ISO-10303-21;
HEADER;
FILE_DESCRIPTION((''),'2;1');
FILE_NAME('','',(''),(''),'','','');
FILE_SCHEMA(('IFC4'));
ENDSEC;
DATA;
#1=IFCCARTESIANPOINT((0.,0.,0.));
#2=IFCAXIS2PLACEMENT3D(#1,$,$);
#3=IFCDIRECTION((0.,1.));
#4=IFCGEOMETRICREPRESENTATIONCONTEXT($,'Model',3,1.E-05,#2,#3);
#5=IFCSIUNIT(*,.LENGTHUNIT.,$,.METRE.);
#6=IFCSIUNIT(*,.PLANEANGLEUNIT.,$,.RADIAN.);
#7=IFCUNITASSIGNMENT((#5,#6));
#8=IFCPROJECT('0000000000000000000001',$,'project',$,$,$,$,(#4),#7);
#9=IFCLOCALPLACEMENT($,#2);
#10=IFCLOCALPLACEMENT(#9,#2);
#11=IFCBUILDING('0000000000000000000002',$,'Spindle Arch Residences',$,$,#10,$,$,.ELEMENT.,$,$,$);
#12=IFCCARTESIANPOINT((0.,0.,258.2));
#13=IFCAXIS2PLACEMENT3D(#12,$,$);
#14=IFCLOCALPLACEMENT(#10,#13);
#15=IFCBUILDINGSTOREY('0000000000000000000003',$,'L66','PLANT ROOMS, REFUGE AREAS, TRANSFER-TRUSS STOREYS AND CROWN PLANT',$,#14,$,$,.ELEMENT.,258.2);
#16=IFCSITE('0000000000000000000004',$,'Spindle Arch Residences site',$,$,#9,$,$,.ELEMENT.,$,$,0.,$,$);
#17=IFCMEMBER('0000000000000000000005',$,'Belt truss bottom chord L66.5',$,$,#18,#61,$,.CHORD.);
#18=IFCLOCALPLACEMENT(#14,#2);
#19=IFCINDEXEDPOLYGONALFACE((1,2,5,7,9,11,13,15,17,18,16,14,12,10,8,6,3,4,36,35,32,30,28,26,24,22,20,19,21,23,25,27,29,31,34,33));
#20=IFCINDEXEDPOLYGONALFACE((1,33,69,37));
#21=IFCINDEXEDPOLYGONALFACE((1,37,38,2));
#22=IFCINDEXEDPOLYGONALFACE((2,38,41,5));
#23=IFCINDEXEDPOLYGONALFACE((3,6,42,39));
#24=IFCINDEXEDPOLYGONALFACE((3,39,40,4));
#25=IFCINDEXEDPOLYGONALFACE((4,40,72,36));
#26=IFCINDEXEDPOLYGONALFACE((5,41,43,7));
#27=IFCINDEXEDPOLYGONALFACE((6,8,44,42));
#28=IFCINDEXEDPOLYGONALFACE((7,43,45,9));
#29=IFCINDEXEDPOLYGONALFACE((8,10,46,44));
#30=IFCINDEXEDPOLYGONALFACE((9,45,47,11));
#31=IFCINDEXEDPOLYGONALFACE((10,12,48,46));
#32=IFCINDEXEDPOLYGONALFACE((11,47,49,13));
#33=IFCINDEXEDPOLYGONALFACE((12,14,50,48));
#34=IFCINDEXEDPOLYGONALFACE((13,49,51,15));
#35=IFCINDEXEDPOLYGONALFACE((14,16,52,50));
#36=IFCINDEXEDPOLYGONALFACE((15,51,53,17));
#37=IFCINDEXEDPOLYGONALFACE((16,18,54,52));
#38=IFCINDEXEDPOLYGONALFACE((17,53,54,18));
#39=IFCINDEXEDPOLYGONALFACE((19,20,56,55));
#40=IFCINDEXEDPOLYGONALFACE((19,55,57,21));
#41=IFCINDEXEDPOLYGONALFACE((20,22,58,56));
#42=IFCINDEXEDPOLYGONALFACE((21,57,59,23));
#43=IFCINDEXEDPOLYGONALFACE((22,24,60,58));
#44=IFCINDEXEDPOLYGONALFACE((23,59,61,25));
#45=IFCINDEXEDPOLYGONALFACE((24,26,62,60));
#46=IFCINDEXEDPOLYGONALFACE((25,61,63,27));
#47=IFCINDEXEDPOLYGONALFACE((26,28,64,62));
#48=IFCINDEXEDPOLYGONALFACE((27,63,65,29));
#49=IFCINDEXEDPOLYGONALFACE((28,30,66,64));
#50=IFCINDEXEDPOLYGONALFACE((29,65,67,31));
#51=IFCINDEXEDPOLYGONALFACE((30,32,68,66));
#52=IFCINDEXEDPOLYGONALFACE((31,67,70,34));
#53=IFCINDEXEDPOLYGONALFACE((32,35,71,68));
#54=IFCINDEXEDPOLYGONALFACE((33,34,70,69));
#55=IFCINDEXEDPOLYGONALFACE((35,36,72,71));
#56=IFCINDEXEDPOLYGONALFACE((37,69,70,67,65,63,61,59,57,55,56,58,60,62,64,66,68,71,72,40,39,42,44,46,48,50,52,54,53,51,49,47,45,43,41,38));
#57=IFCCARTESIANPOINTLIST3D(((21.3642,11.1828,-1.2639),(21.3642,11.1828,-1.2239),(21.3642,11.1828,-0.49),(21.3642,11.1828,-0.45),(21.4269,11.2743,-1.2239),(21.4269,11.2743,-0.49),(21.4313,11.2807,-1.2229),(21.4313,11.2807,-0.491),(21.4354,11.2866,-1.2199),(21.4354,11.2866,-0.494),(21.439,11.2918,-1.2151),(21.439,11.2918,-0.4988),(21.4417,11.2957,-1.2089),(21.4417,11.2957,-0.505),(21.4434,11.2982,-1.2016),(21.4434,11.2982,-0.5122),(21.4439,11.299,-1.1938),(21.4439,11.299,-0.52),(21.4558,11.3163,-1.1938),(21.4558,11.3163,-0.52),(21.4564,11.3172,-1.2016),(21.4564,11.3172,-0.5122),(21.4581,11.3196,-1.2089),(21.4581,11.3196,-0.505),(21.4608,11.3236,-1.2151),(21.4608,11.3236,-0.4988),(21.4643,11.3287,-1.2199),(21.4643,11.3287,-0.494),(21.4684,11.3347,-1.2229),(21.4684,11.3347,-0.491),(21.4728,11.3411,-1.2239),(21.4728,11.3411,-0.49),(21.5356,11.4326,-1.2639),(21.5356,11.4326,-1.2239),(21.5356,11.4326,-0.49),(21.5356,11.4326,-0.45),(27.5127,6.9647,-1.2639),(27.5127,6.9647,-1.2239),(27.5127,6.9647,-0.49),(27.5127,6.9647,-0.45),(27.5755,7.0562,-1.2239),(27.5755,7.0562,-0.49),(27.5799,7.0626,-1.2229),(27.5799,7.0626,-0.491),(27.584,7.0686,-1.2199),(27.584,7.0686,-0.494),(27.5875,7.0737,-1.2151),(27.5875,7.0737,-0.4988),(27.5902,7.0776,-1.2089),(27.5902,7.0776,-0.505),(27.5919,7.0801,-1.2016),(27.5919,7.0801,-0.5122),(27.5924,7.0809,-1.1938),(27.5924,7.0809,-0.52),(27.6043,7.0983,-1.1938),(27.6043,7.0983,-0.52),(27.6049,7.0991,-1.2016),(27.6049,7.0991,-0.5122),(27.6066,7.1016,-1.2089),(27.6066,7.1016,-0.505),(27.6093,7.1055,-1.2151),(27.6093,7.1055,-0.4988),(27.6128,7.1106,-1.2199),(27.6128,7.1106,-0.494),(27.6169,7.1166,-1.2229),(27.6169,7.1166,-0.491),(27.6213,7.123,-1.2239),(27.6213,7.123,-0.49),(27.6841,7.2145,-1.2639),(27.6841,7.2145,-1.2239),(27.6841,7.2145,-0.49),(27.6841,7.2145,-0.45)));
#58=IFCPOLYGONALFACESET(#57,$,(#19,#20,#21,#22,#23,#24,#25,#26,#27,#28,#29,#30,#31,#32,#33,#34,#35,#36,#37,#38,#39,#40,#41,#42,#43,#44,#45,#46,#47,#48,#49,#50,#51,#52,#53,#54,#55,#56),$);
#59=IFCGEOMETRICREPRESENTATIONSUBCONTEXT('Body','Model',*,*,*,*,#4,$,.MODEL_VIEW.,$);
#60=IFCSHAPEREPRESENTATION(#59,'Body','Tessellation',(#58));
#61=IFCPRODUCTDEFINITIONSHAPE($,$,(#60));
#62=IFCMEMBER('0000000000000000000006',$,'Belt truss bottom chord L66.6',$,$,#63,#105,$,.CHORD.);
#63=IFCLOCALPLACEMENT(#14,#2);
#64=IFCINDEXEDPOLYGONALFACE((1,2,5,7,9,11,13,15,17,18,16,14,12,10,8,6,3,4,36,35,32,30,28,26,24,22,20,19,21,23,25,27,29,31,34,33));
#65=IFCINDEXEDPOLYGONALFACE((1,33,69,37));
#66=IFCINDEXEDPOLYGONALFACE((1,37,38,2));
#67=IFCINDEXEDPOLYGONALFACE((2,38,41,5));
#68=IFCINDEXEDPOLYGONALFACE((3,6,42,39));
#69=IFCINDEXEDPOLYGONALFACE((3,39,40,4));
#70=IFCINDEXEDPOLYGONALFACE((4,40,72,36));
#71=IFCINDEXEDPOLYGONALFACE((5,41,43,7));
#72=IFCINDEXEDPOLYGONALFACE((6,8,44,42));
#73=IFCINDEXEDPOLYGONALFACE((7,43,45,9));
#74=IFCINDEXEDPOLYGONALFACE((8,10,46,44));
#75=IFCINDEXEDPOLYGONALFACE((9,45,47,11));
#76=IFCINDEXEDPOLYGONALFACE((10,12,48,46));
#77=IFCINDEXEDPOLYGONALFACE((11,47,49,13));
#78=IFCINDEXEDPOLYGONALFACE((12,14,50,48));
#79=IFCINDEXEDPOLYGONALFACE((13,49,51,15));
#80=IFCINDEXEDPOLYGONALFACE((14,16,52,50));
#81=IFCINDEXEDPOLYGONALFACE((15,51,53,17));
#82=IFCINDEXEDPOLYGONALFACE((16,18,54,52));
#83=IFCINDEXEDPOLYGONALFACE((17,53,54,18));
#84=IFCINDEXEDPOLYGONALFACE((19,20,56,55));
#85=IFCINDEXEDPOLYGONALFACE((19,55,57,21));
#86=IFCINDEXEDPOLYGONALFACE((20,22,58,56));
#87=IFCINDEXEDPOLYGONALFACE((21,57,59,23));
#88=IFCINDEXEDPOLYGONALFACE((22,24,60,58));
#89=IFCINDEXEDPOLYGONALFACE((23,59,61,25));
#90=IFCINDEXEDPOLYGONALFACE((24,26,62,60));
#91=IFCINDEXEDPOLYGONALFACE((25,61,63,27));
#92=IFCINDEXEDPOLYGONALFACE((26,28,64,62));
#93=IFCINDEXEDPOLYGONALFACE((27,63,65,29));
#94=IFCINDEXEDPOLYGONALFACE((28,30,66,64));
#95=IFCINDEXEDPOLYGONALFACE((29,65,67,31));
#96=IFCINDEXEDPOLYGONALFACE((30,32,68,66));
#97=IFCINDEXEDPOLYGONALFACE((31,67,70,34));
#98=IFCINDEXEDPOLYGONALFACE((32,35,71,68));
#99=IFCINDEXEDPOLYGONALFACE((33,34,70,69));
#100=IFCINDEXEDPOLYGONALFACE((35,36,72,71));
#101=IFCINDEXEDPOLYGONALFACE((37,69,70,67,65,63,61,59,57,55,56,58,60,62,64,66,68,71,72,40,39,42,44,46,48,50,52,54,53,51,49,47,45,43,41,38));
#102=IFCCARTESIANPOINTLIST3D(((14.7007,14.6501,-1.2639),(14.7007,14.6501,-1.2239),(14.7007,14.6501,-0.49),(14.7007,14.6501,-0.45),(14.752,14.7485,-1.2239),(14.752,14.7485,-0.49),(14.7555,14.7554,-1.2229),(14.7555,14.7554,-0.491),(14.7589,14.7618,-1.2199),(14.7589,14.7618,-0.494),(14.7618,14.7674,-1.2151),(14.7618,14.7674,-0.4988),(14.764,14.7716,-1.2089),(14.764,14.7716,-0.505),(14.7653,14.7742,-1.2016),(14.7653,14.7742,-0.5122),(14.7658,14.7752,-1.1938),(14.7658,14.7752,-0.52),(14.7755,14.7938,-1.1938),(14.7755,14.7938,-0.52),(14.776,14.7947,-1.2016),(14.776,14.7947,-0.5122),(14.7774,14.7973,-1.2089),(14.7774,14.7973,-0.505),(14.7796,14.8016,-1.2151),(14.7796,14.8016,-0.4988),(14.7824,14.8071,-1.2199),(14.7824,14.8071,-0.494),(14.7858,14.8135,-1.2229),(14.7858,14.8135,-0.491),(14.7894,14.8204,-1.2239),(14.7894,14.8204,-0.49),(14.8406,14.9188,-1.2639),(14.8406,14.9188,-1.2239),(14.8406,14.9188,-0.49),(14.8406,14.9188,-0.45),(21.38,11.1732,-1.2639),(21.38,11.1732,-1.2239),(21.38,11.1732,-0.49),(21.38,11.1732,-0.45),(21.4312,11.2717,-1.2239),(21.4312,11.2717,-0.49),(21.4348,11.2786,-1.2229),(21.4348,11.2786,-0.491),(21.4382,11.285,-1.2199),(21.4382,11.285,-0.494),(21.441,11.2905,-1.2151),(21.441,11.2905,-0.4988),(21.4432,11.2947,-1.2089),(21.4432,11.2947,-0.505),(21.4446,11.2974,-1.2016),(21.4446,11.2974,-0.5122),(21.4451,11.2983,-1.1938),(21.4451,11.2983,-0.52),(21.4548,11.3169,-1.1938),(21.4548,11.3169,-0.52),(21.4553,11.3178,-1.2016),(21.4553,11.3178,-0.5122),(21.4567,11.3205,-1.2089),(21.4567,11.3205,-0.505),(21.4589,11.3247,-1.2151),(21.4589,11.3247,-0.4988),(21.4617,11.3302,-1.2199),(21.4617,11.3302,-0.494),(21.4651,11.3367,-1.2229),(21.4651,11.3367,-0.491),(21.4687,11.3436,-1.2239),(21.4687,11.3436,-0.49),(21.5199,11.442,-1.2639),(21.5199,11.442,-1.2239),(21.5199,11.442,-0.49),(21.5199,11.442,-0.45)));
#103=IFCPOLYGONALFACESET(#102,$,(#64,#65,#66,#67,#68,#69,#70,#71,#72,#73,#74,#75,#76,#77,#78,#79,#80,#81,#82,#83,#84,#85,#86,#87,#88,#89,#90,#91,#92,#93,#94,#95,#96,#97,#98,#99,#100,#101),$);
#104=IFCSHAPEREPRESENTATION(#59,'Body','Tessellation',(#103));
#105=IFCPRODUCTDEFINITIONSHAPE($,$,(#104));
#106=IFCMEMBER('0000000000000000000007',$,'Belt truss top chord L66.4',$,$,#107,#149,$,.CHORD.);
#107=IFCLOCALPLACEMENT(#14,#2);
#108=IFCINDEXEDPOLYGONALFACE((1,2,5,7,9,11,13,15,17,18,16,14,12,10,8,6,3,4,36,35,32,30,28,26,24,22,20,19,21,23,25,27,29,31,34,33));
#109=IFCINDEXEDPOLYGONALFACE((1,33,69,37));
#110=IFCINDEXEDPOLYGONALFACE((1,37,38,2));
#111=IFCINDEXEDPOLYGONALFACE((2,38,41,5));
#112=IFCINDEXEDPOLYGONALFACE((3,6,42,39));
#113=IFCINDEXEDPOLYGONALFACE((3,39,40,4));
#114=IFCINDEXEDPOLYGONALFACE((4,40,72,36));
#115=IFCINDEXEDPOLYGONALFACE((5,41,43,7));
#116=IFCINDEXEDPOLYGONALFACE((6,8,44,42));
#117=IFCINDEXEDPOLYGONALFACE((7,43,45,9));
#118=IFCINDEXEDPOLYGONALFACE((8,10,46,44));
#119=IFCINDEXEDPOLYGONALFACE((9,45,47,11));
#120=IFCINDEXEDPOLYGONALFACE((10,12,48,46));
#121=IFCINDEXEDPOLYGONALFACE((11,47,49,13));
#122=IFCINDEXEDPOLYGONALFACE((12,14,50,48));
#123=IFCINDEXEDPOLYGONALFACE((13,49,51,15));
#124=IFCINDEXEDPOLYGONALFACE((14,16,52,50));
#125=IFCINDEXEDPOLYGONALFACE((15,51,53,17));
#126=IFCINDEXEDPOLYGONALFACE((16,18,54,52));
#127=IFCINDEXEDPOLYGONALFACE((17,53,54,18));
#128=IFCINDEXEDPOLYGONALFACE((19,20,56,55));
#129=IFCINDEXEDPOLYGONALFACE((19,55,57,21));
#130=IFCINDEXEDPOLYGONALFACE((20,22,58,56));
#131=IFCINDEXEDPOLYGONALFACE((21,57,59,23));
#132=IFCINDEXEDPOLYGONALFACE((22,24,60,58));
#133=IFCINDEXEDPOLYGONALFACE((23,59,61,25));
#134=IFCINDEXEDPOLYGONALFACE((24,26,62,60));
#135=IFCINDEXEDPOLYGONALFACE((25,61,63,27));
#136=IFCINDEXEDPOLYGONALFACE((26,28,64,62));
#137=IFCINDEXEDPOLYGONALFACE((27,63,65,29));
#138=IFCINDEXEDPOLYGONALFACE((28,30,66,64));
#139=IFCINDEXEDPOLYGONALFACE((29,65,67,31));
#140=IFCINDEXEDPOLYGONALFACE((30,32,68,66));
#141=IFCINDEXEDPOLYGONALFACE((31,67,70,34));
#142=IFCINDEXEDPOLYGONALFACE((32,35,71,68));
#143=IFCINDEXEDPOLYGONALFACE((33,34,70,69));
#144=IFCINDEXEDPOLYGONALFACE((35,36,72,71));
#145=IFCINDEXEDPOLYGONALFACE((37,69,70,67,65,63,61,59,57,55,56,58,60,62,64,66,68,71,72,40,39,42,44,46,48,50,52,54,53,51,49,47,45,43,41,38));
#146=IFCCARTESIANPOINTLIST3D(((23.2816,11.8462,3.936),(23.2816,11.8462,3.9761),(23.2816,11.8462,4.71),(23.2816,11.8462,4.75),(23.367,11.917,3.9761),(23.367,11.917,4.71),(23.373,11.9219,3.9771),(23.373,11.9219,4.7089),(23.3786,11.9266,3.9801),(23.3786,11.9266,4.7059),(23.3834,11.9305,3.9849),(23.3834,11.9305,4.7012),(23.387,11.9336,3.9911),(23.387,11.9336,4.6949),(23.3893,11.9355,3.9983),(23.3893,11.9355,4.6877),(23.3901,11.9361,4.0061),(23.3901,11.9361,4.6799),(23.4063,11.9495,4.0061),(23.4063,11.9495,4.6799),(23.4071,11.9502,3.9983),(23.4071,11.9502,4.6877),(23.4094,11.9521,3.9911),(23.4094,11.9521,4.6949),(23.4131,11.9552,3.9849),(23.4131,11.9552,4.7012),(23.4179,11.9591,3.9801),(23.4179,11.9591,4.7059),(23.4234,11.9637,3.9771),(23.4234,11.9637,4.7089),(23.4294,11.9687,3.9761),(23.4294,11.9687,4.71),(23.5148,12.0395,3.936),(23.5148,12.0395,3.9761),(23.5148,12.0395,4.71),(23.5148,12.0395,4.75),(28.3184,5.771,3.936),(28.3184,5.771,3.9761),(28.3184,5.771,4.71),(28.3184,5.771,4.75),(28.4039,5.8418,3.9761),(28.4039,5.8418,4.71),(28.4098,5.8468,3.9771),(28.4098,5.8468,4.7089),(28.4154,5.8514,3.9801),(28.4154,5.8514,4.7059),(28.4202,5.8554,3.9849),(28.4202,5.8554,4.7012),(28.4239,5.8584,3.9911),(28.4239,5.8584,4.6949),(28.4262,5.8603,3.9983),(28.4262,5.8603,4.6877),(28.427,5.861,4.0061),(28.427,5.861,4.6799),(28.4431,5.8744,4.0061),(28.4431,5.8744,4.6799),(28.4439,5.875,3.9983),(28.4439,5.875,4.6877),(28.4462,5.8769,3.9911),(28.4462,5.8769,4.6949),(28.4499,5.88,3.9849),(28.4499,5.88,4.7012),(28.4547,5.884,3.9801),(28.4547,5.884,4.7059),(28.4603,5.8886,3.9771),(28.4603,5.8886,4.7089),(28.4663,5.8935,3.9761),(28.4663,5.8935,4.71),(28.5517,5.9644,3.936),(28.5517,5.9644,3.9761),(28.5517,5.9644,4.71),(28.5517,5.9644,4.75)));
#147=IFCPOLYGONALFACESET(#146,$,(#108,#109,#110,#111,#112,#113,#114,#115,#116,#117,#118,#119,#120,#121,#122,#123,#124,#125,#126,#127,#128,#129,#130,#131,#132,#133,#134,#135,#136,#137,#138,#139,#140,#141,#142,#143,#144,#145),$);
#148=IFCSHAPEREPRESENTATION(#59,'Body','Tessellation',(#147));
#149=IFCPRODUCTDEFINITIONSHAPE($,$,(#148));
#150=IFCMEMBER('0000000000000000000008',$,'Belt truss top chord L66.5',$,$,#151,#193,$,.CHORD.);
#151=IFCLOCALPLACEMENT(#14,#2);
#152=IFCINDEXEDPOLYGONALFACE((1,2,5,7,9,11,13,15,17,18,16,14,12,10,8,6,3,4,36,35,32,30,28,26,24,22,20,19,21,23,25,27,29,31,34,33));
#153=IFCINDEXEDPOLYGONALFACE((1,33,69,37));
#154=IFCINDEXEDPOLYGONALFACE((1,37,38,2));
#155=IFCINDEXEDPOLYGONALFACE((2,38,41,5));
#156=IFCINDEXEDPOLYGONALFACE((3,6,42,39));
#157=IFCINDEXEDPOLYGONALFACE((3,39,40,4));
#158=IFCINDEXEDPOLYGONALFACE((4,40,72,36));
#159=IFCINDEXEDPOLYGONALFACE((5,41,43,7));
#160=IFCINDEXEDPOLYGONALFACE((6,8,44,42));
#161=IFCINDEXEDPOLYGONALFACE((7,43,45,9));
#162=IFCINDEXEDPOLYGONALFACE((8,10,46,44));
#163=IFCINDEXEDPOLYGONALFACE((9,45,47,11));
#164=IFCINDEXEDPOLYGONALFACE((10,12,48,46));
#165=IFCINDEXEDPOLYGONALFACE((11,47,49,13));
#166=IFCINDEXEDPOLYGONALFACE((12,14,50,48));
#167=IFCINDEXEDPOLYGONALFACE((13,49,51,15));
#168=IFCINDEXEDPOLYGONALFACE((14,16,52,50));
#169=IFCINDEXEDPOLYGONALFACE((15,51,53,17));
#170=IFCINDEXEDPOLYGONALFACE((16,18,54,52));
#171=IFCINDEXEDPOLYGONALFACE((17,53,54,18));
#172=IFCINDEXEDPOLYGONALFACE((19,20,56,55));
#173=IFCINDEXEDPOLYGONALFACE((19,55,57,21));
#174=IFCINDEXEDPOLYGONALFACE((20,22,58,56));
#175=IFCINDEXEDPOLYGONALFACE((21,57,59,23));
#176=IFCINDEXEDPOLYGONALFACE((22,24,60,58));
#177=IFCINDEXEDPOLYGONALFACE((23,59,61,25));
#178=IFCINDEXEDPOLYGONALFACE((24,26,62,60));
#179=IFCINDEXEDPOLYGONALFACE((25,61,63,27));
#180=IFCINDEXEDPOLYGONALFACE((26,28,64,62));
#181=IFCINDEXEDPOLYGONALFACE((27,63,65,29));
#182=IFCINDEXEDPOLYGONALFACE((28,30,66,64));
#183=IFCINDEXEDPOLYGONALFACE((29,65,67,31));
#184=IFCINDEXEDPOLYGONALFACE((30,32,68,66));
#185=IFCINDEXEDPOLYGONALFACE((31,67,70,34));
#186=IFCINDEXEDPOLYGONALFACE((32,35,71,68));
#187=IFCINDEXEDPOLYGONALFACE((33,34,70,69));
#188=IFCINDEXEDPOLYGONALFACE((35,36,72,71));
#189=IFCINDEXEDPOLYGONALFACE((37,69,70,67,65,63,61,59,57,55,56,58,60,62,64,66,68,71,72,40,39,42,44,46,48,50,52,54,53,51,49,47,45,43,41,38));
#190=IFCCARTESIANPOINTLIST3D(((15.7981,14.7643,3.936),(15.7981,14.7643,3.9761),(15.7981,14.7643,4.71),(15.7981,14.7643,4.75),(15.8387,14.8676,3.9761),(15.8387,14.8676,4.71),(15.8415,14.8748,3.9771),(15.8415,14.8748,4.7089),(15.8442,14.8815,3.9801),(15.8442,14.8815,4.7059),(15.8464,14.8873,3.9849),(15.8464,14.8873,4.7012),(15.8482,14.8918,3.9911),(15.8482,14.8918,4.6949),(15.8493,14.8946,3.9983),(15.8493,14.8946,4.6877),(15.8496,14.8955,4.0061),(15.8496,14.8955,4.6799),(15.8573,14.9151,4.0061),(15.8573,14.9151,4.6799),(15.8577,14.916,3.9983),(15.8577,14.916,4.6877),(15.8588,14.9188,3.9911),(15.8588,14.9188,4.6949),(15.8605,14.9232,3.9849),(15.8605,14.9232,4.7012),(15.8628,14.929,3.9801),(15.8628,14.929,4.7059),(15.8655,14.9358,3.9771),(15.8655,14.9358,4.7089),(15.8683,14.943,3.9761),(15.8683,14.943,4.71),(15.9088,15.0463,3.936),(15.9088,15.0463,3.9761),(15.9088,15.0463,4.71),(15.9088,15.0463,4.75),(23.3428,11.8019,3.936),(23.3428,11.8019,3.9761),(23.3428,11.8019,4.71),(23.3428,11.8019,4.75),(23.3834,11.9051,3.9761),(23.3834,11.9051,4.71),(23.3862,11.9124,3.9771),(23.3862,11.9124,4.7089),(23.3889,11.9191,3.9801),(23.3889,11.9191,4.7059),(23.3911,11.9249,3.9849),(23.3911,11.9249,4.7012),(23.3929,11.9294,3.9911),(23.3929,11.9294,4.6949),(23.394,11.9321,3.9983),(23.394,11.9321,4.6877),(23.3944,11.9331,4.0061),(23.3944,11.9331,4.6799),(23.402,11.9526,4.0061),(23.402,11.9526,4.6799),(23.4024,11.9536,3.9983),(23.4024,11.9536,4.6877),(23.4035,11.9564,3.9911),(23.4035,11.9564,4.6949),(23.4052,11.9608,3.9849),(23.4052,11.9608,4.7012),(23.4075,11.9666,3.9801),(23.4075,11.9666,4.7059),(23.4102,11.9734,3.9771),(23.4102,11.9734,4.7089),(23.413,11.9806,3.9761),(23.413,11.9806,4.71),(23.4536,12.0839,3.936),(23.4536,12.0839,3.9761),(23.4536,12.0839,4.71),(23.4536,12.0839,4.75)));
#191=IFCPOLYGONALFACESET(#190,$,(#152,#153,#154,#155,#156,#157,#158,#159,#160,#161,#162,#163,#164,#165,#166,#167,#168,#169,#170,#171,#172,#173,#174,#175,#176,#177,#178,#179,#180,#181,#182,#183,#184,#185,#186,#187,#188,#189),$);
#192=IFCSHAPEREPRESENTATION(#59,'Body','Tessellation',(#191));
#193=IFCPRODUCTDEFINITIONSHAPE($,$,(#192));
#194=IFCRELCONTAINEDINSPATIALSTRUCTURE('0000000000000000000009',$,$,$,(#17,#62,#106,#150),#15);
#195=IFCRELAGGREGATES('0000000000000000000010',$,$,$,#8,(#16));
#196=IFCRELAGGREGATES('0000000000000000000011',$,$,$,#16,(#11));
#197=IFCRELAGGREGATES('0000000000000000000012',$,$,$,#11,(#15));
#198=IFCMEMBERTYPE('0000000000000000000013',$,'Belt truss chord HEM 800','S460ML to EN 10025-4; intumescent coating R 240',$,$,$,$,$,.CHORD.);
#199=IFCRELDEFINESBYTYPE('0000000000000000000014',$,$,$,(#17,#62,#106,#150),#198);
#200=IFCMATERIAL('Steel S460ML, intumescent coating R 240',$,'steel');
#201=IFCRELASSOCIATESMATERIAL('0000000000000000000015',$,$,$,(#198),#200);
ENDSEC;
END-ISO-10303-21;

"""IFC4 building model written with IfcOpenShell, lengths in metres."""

from ifc_helpers import new_model, si_unit, direction, frame, origin, origin_2d, place, context, subcontext, project, spatial, i_section, extrude, material, material_profile, profile_set, type_object, element, save


model = new_model("IFC4")

# Units and contexts
model_context = context("Model", 3, precision=1e-05, world=origin(), true_north=direction((0.0, 1.0)))
body_context = subcontext(model_context, "Body", "Model", "MODEL_VIEW")
ifc_project = project(units=[si_unit("LENGTHUNIT", "METRE"), si_unit("PLANEANGLEUNIT", "RADIAN")], contexts=[model_context])

# Site, building, storey
site_placement = place(None, origin())
site = spatial("IfcSite", under=ifc_project, at=site_placement, Name="Spindle Arch Residences site", CompositionType="ELEMENT", RefElevation=0.0)
building_placement = place(site_placement, origin())
building = spatial("IfcBuilding", under=site, at=building_placement, Name="Spindle Arch Residences", CompositionType="ELEMENT")
storey_placement = place(building_placement, frame((0.0, 0.0, 258.2)))
storey = spatial("IfcBuildingStorey", under=building, at=storey_placement, Name="L66", Description="PLANT ROOMS, REFUGE AREAS, TRANSFER-TRUSS STOREYS AND CROWN PLANT", CompositionType="ELEMENT", Elevation=258.2)

# Members
ifc_material_1 = material(Name="Steel S460ML, intumescent coating R 240", Category="steel")
ifc_material_profile_1 = material_profile(ifc_material_1, i_section(OverallWidth=0.303, OverallDepth=0.814, WebThickness=0.021, FlangeThickness=0.04, FilletRadius=0.03, at=origin_2d()), Name="HEM 800")
ifc_profile_set_1 = profile_set([ifc_material_profile_1], Name="Steel S460ML, intumescent coating R 240")
member_type_1 = type_object("IfcMemberType", Name="Belt truss chord HEM 800", Description="S460ML to EN 10025-4; intumescent coating R 240", PredefinedType="CHORD", material=ifc_profile_set_1)
member_1_placement = place(storey_placement, frame((27.5984, 7.0896, -0.8569), z_axis=(-0.824607, 0.565706, 0.0), x_axis=(-0.565706, -0.824607, 0.0)))
element("IfcMember", 1, at=member_1_placement, inside=storey, type_object=member_type_1, Name="Belt truss bottom chord L66.5", PredefinedType="CHORD", context=body_context, shape_type="SweptSolid", body=[
    extrude(i_section(OverallWidth=0.303, OverallDepth=0.814, WebThickness=0.021, FlangeThickness=0.04, FilletRadius=0.03, at=origin_2d()), origin(), (0.0, 0.0, 1.0), 7.4563),
])
member_2_placement = place(storey_placement, frame((21.45, 11.3076, -0.8569), z_axis=(-0.88702, 0.461731, 0.0), x_axis=(-0.461731, -0.88702, 0.0)))
element("IfcMember", 2, at=member_2_placement, inside=storey, type_object=member_type_1, Name="Belt truss bottom chord L66.6", PredefinedType="CHORD", context=body_context, shape_type="SweptSolid", body=[
    extrude(i_section(OverallWidth=0.303, OverallDepth=0.814, WebThickness=0.021, FlangeThickness=0.04, FilletRadius=0.03, at=origin_2d()), origin(), (0.0, 0.0, 1.0), 7.53),
])
member_3_placement = place(storey_placement, frame((28.4351, 5.8677, 4.343), z_axis=(-0.638253, 0.769827, 0.0), x_axis=(-0.769827, -0.638253, 0.0)))
element("IfcMember", 3, at=member_3_placement, inside=storey, type_object=member_type_1, Name="Belt truss top chord L66.4", PredefinedType="CHORD", context=body_context, shape_type="SweptSolid", body=[
    extrude(i_section(OverallWidth=0.303, OverallDepth=0.814, WebThickness=0.021, FlangeThickness=0.04, FilletRadius=0.03, at=origin_2d()), origin(), (0.0, 0.0, 1.0), 7.8916),
])
member_4_placement = place(storey_placement, frame((23.3982, 11.9429, 4.343), z_axis=(-0.930818, 0.365484, 0.0), x_axis=(-0.365484, -0.930818, 0.0)))
element("IfcMember", 4, at=member_4_placement, inside=storey, type_object=member_type_1, Name="Belt truss top chord L66.5", PredefinedType="CHORD", context=body_context, shape_type="SweptSolid", body=[
    extrude(i_section(OverallWidth=0.303, OverallDepth=0.814, WebThickness=0.021, FlangeThickness=0.04, FilletRadius=0.03, at=origin_2d()), origin(), (0.0, 0.0, 1.0), 8.1055),
])

save(model, "model.ifc")
